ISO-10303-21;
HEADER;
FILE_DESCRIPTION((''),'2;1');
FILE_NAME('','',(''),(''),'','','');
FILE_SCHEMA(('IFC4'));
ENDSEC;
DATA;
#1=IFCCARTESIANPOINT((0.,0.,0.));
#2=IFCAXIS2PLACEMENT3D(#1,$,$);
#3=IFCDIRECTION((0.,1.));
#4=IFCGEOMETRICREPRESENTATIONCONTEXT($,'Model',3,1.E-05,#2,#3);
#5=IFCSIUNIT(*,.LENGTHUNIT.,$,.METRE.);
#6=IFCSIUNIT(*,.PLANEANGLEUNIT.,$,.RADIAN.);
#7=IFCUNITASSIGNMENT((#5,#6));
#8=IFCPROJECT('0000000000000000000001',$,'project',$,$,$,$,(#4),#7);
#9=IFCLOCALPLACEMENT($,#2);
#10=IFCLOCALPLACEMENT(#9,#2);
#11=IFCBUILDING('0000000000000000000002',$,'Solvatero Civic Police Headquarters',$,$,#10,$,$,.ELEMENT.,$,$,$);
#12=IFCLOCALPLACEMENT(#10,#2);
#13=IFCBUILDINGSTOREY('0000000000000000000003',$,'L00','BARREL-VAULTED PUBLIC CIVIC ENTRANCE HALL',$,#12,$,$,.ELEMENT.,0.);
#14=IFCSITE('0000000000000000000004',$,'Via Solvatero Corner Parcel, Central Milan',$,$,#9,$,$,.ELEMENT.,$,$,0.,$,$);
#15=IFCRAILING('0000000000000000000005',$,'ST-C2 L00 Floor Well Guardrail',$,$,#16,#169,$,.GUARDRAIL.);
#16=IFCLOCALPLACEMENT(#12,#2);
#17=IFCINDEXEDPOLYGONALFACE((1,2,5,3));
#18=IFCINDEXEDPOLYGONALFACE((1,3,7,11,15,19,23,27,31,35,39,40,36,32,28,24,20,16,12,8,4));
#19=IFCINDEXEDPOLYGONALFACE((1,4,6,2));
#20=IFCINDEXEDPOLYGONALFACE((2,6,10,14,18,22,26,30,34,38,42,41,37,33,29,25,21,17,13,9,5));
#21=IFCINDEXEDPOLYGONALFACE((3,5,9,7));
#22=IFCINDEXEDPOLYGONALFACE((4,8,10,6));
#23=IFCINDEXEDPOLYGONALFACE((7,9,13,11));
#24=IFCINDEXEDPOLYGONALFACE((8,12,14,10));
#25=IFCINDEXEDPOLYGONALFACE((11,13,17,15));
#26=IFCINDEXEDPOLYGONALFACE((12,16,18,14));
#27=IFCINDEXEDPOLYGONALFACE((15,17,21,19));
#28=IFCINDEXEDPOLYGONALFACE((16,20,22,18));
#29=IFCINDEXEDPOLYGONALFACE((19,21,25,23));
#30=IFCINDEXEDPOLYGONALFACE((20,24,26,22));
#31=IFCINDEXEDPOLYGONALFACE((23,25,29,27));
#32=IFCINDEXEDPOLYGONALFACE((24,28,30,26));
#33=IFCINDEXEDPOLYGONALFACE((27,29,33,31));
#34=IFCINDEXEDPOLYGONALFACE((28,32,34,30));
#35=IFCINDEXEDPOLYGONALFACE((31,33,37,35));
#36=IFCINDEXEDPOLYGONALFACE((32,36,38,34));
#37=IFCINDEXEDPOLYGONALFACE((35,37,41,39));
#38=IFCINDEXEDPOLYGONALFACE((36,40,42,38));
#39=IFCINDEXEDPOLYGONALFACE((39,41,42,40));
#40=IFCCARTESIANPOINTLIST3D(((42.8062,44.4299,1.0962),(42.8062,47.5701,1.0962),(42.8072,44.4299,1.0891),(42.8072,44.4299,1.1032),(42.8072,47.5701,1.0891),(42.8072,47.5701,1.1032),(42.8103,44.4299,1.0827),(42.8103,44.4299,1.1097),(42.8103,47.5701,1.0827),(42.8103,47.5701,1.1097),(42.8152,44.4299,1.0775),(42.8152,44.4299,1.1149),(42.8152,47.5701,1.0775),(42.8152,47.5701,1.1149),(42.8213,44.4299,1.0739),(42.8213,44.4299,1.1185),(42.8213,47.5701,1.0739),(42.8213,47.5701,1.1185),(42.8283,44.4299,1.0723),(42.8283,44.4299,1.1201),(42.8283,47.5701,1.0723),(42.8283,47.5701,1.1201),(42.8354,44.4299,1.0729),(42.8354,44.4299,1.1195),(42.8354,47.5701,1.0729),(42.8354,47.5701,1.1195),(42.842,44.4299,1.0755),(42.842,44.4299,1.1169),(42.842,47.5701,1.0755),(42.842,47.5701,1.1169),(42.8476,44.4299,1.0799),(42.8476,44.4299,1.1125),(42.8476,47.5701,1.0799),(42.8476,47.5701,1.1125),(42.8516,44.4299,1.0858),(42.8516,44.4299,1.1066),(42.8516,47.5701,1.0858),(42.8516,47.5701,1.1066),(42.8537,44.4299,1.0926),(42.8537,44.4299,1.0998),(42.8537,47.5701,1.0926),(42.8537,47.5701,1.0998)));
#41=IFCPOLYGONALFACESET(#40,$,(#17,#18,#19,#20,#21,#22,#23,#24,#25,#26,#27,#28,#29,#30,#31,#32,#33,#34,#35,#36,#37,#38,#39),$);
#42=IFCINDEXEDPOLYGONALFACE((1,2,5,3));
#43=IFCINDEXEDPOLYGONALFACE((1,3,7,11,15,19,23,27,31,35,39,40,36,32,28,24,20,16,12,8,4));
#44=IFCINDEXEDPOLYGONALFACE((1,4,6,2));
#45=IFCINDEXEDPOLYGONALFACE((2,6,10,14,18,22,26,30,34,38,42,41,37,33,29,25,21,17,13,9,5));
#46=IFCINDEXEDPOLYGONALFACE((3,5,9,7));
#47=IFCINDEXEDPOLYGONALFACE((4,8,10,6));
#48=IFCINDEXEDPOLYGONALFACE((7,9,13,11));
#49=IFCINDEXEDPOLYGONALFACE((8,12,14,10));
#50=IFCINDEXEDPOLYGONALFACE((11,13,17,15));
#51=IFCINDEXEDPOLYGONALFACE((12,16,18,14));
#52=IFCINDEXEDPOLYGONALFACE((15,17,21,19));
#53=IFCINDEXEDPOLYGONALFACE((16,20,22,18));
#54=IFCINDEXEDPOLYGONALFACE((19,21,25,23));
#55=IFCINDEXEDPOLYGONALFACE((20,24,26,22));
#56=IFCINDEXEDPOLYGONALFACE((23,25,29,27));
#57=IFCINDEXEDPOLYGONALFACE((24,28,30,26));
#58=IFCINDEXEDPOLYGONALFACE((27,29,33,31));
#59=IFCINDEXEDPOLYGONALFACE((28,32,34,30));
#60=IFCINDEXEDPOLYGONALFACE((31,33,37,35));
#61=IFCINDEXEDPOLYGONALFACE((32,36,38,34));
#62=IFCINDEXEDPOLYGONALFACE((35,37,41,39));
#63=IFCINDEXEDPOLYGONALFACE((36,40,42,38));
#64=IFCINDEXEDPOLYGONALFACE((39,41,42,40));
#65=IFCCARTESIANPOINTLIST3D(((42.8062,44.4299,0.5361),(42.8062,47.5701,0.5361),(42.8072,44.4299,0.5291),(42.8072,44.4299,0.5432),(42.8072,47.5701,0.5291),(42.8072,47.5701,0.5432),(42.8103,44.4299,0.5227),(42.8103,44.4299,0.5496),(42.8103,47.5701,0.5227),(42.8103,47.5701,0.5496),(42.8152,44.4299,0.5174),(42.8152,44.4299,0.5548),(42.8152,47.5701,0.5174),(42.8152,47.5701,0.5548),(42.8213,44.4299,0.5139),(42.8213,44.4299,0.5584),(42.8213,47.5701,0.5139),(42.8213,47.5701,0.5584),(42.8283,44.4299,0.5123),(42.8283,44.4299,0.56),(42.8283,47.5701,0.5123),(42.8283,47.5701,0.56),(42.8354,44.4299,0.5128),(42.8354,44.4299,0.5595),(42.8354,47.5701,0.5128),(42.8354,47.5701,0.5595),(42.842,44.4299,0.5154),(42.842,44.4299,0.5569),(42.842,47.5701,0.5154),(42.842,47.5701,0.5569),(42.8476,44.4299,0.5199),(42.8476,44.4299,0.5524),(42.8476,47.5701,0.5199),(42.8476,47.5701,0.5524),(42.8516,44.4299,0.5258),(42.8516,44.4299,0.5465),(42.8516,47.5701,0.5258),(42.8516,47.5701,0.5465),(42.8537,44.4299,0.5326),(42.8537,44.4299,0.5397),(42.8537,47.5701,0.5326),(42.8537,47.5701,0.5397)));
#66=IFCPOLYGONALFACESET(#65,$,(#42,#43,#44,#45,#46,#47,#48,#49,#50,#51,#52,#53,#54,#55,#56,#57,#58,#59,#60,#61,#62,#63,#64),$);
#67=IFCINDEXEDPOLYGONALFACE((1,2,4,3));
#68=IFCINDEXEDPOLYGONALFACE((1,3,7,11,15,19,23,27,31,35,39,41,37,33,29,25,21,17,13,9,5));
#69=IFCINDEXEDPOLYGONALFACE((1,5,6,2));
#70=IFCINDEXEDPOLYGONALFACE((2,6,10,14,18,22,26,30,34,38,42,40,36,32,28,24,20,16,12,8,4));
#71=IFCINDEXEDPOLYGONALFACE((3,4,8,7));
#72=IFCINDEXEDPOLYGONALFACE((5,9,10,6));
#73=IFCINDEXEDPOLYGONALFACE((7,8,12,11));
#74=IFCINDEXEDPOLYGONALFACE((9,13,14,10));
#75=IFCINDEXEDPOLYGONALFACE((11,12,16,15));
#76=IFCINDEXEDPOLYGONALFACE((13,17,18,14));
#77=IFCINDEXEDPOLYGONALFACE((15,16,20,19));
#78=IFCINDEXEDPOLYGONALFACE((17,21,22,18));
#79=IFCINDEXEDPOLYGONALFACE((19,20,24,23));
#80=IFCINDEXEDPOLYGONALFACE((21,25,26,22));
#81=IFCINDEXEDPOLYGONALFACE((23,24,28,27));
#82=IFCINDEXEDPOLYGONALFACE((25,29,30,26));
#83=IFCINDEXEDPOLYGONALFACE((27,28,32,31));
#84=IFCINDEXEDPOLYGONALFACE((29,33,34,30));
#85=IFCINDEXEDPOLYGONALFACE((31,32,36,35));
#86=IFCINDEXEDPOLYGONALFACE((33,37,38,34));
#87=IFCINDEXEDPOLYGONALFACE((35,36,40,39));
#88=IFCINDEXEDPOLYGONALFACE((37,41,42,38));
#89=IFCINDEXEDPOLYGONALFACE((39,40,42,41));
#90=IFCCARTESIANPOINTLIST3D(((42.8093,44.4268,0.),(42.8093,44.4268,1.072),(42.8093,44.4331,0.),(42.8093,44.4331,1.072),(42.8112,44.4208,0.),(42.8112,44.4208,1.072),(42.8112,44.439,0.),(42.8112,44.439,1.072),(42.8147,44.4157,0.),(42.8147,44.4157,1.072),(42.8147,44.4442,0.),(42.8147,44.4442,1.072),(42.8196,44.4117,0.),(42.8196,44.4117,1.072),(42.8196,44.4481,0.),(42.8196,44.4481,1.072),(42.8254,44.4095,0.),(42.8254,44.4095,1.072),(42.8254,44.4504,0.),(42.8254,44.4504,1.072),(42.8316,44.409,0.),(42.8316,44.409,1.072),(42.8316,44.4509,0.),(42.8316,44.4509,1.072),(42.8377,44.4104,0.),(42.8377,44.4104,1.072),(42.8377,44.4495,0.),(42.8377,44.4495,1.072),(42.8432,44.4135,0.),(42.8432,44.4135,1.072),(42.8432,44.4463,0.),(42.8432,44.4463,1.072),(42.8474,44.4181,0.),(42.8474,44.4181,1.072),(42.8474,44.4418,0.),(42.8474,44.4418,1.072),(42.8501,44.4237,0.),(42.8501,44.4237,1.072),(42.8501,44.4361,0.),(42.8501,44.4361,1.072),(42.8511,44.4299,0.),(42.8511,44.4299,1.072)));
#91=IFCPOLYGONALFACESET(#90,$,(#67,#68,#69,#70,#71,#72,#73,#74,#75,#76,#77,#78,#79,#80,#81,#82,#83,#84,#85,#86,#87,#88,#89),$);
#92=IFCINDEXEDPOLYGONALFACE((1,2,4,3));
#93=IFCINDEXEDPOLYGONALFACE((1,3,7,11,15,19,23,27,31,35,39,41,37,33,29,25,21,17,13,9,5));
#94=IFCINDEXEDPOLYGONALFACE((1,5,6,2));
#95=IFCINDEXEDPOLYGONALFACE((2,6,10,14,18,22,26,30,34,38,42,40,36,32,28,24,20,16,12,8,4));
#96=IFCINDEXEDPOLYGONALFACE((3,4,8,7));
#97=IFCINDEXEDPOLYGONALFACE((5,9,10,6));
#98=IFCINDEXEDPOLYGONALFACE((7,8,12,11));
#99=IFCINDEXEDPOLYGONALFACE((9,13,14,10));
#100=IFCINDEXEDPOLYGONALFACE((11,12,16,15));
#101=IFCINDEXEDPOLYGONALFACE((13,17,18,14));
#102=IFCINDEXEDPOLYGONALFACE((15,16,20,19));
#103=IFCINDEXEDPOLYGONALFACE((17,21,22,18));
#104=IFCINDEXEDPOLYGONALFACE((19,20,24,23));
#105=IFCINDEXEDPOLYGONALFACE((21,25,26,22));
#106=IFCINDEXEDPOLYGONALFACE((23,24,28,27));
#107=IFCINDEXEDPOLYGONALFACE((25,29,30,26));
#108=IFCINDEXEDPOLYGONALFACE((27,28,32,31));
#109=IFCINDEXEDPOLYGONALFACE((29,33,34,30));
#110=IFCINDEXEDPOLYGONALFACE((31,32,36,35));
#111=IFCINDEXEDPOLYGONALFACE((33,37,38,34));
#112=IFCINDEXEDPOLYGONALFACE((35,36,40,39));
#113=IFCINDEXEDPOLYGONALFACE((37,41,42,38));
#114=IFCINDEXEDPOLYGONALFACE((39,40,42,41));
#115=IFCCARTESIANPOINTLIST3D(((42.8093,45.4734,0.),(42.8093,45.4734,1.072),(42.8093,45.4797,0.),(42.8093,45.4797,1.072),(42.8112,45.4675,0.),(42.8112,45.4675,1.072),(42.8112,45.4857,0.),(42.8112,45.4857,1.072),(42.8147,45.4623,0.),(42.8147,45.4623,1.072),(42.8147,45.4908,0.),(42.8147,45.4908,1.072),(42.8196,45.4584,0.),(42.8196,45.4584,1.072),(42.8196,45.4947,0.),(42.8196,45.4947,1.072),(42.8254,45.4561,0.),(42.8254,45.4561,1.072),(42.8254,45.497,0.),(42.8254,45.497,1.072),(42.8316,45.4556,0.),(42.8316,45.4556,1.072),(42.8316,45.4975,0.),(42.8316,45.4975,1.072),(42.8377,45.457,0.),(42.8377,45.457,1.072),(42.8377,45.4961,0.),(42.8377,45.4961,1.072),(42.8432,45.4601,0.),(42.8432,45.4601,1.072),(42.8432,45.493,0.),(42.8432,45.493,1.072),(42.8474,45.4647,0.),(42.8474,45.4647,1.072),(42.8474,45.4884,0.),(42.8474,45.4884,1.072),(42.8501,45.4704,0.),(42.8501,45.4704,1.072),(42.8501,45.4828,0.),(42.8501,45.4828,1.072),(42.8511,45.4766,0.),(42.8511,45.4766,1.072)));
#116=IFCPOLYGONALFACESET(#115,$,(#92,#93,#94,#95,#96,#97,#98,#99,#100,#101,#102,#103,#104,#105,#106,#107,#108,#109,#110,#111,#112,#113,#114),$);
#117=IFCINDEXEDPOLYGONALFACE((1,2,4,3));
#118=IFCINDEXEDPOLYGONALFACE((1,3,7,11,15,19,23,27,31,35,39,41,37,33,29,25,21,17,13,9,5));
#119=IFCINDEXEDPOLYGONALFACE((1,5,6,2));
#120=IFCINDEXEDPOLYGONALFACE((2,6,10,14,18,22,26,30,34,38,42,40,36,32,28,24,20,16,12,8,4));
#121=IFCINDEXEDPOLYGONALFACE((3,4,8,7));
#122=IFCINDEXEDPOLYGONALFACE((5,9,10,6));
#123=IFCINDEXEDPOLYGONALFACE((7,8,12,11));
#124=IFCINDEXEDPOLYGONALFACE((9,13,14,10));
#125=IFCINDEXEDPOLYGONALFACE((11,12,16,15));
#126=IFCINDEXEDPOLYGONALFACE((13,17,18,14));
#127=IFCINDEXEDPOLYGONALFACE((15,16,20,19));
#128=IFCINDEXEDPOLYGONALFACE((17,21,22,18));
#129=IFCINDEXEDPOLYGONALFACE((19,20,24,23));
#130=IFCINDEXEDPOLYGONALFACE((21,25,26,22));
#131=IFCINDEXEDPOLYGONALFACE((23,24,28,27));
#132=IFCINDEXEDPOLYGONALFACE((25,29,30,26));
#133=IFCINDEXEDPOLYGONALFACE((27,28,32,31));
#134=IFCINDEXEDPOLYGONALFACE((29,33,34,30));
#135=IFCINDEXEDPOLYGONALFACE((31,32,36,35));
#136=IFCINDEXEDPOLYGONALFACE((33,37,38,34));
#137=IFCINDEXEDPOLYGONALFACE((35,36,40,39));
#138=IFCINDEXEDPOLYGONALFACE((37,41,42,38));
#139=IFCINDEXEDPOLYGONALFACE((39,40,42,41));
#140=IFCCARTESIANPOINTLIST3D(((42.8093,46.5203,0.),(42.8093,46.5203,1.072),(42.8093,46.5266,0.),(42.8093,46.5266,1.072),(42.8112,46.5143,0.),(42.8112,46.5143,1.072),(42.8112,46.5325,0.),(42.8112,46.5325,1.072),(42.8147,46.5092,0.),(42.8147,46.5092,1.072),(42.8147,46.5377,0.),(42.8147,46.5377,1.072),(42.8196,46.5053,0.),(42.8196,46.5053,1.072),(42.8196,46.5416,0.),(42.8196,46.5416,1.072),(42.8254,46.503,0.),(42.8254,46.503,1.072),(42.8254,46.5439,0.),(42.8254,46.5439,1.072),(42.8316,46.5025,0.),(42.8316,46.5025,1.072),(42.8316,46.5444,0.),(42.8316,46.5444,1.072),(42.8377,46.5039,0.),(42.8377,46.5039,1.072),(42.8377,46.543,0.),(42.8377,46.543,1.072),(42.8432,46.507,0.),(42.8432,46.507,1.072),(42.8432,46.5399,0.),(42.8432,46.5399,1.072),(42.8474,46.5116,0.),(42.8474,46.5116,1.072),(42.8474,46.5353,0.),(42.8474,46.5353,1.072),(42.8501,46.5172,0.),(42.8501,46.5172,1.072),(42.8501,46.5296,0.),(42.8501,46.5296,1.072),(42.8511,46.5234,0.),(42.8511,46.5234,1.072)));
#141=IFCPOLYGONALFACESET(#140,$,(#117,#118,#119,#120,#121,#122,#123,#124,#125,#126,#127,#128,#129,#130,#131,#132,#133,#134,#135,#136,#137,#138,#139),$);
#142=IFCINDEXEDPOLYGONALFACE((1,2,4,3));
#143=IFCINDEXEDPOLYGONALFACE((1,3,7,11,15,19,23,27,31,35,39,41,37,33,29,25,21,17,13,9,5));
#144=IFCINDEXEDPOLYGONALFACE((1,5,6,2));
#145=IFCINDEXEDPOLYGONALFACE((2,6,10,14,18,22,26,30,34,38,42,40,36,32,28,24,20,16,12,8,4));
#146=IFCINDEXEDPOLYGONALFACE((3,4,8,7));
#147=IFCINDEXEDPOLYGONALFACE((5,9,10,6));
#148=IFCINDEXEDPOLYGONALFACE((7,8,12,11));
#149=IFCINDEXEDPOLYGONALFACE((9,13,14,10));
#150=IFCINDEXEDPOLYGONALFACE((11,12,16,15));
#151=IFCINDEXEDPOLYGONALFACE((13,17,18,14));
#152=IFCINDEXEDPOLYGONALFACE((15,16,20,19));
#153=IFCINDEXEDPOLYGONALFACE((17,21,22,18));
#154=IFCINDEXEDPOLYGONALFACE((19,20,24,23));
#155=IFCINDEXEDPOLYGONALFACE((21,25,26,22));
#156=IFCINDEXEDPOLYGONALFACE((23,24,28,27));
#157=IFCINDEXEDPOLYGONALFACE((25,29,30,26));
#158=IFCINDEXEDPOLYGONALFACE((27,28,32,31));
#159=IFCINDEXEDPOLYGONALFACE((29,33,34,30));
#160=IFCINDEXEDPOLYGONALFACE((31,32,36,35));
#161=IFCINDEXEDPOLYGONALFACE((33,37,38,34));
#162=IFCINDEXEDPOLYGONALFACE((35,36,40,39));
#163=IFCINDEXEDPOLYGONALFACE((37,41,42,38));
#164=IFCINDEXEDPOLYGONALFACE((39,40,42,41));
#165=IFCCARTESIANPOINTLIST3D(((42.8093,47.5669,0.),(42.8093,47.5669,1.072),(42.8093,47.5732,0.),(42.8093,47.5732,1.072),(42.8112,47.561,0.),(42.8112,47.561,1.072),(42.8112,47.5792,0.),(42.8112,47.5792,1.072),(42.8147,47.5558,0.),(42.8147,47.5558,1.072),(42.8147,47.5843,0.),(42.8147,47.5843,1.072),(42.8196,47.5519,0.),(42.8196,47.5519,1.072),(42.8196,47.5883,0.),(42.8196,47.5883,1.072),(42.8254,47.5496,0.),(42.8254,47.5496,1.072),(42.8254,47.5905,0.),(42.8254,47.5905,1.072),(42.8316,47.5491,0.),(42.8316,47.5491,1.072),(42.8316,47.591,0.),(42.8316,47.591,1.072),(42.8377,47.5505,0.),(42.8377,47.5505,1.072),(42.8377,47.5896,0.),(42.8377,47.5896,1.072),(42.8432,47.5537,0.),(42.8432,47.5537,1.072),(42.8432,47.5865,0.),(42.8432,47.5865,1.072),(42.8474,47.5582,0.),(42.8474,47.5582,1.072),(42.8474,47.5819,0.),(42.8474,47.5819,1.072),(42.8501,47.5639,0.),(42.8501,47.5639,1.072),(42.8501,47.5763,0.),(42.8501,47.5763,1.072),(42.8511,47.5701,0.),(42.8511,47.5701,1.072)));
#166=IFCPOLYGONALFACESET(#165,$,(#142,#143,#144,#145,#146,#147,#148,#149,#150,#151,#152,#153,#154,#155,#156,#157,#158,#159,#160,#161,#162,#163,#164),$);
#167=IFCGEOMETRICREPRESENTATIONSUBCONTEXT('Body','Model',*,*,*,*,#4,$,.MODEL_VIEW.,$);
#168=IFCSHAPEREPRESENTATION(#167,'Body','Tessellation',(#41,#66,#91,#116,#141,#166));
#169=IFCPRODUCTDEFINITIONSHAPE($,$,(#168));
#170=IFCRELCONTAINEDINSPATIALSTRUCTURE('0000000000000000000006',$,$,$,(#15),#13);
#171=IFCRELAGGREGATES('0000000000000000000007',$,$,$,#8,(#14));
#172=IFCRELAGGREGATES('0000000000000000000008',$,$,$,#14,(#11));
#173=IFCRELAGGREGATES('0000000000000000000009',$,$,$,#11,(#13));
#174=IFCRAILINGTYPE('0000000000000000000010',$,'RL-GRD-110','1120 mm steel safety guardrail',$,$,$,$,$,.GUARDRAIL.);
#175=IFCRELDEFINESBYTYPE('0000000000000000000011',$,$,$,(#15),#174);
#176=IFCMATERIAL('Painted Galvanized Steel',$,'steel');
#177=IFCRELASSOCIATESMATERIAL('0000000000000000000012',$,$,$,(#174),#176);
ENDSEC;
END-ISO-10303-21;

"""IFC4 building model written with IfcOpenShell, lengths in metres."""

from ifc_helpers import new_model, si_unit, direction, frame, origin, origin_2d, place, context, subcontext, project, spatial, circle, extrude, material, type_object, element, save


model = new_model("IFC4")

# Units and contexts
model_context = context("Model", 3, precision=1e-05, world=origin(), true_north=direction((0.0, 1.0)))
body_context = subcontext(model_context, "Body", "Model", "MODEL_VIEW")
ifc_project = project(units=[si_unit("LENGTHUNIT", "METRE"), si_unit("PLANEANGLEUNIT", "RADIAN")], contexts=[model_context])

# Site, building, storey
site_placement = place(None, origin())
site = spatial("IfcSite", under=ifc_project, at=site_placement, Name="Via Solvatero Corner Parcel, Central Milan", CompositionType="ELEMENT", RefElevation=0.0)
building_placement = place(site_placement, origin())
building = spatial("IfcBuilding", under=site, at=building_placement, Name="Solvatero Civic Police Headquarters", CompositionType="ELEMENT")
storey_placement = place(building_placement, origin())
storey = spatial("IfcBuildingStorey", under=building, at=storey_placement, Name="L00", Description="BARREL-VAULTED PUBLIC CIVIC ENTRANCE HALL", CompositionType="ELEMENT", Elevation=0.0)

# Railing
ifc_material_1 = material(Name="Painted Galvanized Steel", Category="steel")
railing_type_1 = type_object("IfcRailingType", Name="RL-GRD-110", Description="1120 mm steel safety guardrail", PredefinedType="GUARDRAIL", material=ifc_material_1)
railing_1_placement = place(storey_placement, frame((42.8301, 44.4299, 0.0)))
element("IfcRailing", 1, at=railing_1_placement, inside=storey, type_object=railing_type_1, Name="ST-C2 L00 Floor Well Guardrail", PredefinedType="GUARDRAIL", context=body_context, shape_type="SweptSolid", body=[
    extrude(circle(Radius=0.0239, at=origin_2d()), frame((0.0, 0.0, 1.0962), z_axis=(0.0, 1.0, 0.0), x_axis=(-1.0, 0.0, 0.0)), (0.0, 0.0, 1.0), 3.1401),
    extrude(circle(Radius=0.0239, at=origin_2d()), frame((0.0, 0.0, 0.5361), z_axis=(0.0, 1.0, 0.0), x_axis=(-1.0, 0.0, 0.0)), (0.0, 0.0, 1.0), 3.1401),
    extrude(circle(Radius=0.021, at=origin_2d()), origin(), (0.0, 0.0, 1.0), 1.072),
    extrude(circle(Radius=0.021, at=origin_2d()), frame((0.0, 1.0466, 0.0)), (0.0, 0.0, 1.0), 1.072),
    extrude(circle(Radius=0.021, at=origin_2d()), frame((0.0, 2.0935, 0.0)), (0.0, 0.0, 1.0), 1.072),
    extrude(circle(Radius=0.021, at=origin_2d()), frame((0.0, 3.1401, 0.0)), (0.0, 0.0, 1.0), 1.072),
])

save(model, "model.ifc")
